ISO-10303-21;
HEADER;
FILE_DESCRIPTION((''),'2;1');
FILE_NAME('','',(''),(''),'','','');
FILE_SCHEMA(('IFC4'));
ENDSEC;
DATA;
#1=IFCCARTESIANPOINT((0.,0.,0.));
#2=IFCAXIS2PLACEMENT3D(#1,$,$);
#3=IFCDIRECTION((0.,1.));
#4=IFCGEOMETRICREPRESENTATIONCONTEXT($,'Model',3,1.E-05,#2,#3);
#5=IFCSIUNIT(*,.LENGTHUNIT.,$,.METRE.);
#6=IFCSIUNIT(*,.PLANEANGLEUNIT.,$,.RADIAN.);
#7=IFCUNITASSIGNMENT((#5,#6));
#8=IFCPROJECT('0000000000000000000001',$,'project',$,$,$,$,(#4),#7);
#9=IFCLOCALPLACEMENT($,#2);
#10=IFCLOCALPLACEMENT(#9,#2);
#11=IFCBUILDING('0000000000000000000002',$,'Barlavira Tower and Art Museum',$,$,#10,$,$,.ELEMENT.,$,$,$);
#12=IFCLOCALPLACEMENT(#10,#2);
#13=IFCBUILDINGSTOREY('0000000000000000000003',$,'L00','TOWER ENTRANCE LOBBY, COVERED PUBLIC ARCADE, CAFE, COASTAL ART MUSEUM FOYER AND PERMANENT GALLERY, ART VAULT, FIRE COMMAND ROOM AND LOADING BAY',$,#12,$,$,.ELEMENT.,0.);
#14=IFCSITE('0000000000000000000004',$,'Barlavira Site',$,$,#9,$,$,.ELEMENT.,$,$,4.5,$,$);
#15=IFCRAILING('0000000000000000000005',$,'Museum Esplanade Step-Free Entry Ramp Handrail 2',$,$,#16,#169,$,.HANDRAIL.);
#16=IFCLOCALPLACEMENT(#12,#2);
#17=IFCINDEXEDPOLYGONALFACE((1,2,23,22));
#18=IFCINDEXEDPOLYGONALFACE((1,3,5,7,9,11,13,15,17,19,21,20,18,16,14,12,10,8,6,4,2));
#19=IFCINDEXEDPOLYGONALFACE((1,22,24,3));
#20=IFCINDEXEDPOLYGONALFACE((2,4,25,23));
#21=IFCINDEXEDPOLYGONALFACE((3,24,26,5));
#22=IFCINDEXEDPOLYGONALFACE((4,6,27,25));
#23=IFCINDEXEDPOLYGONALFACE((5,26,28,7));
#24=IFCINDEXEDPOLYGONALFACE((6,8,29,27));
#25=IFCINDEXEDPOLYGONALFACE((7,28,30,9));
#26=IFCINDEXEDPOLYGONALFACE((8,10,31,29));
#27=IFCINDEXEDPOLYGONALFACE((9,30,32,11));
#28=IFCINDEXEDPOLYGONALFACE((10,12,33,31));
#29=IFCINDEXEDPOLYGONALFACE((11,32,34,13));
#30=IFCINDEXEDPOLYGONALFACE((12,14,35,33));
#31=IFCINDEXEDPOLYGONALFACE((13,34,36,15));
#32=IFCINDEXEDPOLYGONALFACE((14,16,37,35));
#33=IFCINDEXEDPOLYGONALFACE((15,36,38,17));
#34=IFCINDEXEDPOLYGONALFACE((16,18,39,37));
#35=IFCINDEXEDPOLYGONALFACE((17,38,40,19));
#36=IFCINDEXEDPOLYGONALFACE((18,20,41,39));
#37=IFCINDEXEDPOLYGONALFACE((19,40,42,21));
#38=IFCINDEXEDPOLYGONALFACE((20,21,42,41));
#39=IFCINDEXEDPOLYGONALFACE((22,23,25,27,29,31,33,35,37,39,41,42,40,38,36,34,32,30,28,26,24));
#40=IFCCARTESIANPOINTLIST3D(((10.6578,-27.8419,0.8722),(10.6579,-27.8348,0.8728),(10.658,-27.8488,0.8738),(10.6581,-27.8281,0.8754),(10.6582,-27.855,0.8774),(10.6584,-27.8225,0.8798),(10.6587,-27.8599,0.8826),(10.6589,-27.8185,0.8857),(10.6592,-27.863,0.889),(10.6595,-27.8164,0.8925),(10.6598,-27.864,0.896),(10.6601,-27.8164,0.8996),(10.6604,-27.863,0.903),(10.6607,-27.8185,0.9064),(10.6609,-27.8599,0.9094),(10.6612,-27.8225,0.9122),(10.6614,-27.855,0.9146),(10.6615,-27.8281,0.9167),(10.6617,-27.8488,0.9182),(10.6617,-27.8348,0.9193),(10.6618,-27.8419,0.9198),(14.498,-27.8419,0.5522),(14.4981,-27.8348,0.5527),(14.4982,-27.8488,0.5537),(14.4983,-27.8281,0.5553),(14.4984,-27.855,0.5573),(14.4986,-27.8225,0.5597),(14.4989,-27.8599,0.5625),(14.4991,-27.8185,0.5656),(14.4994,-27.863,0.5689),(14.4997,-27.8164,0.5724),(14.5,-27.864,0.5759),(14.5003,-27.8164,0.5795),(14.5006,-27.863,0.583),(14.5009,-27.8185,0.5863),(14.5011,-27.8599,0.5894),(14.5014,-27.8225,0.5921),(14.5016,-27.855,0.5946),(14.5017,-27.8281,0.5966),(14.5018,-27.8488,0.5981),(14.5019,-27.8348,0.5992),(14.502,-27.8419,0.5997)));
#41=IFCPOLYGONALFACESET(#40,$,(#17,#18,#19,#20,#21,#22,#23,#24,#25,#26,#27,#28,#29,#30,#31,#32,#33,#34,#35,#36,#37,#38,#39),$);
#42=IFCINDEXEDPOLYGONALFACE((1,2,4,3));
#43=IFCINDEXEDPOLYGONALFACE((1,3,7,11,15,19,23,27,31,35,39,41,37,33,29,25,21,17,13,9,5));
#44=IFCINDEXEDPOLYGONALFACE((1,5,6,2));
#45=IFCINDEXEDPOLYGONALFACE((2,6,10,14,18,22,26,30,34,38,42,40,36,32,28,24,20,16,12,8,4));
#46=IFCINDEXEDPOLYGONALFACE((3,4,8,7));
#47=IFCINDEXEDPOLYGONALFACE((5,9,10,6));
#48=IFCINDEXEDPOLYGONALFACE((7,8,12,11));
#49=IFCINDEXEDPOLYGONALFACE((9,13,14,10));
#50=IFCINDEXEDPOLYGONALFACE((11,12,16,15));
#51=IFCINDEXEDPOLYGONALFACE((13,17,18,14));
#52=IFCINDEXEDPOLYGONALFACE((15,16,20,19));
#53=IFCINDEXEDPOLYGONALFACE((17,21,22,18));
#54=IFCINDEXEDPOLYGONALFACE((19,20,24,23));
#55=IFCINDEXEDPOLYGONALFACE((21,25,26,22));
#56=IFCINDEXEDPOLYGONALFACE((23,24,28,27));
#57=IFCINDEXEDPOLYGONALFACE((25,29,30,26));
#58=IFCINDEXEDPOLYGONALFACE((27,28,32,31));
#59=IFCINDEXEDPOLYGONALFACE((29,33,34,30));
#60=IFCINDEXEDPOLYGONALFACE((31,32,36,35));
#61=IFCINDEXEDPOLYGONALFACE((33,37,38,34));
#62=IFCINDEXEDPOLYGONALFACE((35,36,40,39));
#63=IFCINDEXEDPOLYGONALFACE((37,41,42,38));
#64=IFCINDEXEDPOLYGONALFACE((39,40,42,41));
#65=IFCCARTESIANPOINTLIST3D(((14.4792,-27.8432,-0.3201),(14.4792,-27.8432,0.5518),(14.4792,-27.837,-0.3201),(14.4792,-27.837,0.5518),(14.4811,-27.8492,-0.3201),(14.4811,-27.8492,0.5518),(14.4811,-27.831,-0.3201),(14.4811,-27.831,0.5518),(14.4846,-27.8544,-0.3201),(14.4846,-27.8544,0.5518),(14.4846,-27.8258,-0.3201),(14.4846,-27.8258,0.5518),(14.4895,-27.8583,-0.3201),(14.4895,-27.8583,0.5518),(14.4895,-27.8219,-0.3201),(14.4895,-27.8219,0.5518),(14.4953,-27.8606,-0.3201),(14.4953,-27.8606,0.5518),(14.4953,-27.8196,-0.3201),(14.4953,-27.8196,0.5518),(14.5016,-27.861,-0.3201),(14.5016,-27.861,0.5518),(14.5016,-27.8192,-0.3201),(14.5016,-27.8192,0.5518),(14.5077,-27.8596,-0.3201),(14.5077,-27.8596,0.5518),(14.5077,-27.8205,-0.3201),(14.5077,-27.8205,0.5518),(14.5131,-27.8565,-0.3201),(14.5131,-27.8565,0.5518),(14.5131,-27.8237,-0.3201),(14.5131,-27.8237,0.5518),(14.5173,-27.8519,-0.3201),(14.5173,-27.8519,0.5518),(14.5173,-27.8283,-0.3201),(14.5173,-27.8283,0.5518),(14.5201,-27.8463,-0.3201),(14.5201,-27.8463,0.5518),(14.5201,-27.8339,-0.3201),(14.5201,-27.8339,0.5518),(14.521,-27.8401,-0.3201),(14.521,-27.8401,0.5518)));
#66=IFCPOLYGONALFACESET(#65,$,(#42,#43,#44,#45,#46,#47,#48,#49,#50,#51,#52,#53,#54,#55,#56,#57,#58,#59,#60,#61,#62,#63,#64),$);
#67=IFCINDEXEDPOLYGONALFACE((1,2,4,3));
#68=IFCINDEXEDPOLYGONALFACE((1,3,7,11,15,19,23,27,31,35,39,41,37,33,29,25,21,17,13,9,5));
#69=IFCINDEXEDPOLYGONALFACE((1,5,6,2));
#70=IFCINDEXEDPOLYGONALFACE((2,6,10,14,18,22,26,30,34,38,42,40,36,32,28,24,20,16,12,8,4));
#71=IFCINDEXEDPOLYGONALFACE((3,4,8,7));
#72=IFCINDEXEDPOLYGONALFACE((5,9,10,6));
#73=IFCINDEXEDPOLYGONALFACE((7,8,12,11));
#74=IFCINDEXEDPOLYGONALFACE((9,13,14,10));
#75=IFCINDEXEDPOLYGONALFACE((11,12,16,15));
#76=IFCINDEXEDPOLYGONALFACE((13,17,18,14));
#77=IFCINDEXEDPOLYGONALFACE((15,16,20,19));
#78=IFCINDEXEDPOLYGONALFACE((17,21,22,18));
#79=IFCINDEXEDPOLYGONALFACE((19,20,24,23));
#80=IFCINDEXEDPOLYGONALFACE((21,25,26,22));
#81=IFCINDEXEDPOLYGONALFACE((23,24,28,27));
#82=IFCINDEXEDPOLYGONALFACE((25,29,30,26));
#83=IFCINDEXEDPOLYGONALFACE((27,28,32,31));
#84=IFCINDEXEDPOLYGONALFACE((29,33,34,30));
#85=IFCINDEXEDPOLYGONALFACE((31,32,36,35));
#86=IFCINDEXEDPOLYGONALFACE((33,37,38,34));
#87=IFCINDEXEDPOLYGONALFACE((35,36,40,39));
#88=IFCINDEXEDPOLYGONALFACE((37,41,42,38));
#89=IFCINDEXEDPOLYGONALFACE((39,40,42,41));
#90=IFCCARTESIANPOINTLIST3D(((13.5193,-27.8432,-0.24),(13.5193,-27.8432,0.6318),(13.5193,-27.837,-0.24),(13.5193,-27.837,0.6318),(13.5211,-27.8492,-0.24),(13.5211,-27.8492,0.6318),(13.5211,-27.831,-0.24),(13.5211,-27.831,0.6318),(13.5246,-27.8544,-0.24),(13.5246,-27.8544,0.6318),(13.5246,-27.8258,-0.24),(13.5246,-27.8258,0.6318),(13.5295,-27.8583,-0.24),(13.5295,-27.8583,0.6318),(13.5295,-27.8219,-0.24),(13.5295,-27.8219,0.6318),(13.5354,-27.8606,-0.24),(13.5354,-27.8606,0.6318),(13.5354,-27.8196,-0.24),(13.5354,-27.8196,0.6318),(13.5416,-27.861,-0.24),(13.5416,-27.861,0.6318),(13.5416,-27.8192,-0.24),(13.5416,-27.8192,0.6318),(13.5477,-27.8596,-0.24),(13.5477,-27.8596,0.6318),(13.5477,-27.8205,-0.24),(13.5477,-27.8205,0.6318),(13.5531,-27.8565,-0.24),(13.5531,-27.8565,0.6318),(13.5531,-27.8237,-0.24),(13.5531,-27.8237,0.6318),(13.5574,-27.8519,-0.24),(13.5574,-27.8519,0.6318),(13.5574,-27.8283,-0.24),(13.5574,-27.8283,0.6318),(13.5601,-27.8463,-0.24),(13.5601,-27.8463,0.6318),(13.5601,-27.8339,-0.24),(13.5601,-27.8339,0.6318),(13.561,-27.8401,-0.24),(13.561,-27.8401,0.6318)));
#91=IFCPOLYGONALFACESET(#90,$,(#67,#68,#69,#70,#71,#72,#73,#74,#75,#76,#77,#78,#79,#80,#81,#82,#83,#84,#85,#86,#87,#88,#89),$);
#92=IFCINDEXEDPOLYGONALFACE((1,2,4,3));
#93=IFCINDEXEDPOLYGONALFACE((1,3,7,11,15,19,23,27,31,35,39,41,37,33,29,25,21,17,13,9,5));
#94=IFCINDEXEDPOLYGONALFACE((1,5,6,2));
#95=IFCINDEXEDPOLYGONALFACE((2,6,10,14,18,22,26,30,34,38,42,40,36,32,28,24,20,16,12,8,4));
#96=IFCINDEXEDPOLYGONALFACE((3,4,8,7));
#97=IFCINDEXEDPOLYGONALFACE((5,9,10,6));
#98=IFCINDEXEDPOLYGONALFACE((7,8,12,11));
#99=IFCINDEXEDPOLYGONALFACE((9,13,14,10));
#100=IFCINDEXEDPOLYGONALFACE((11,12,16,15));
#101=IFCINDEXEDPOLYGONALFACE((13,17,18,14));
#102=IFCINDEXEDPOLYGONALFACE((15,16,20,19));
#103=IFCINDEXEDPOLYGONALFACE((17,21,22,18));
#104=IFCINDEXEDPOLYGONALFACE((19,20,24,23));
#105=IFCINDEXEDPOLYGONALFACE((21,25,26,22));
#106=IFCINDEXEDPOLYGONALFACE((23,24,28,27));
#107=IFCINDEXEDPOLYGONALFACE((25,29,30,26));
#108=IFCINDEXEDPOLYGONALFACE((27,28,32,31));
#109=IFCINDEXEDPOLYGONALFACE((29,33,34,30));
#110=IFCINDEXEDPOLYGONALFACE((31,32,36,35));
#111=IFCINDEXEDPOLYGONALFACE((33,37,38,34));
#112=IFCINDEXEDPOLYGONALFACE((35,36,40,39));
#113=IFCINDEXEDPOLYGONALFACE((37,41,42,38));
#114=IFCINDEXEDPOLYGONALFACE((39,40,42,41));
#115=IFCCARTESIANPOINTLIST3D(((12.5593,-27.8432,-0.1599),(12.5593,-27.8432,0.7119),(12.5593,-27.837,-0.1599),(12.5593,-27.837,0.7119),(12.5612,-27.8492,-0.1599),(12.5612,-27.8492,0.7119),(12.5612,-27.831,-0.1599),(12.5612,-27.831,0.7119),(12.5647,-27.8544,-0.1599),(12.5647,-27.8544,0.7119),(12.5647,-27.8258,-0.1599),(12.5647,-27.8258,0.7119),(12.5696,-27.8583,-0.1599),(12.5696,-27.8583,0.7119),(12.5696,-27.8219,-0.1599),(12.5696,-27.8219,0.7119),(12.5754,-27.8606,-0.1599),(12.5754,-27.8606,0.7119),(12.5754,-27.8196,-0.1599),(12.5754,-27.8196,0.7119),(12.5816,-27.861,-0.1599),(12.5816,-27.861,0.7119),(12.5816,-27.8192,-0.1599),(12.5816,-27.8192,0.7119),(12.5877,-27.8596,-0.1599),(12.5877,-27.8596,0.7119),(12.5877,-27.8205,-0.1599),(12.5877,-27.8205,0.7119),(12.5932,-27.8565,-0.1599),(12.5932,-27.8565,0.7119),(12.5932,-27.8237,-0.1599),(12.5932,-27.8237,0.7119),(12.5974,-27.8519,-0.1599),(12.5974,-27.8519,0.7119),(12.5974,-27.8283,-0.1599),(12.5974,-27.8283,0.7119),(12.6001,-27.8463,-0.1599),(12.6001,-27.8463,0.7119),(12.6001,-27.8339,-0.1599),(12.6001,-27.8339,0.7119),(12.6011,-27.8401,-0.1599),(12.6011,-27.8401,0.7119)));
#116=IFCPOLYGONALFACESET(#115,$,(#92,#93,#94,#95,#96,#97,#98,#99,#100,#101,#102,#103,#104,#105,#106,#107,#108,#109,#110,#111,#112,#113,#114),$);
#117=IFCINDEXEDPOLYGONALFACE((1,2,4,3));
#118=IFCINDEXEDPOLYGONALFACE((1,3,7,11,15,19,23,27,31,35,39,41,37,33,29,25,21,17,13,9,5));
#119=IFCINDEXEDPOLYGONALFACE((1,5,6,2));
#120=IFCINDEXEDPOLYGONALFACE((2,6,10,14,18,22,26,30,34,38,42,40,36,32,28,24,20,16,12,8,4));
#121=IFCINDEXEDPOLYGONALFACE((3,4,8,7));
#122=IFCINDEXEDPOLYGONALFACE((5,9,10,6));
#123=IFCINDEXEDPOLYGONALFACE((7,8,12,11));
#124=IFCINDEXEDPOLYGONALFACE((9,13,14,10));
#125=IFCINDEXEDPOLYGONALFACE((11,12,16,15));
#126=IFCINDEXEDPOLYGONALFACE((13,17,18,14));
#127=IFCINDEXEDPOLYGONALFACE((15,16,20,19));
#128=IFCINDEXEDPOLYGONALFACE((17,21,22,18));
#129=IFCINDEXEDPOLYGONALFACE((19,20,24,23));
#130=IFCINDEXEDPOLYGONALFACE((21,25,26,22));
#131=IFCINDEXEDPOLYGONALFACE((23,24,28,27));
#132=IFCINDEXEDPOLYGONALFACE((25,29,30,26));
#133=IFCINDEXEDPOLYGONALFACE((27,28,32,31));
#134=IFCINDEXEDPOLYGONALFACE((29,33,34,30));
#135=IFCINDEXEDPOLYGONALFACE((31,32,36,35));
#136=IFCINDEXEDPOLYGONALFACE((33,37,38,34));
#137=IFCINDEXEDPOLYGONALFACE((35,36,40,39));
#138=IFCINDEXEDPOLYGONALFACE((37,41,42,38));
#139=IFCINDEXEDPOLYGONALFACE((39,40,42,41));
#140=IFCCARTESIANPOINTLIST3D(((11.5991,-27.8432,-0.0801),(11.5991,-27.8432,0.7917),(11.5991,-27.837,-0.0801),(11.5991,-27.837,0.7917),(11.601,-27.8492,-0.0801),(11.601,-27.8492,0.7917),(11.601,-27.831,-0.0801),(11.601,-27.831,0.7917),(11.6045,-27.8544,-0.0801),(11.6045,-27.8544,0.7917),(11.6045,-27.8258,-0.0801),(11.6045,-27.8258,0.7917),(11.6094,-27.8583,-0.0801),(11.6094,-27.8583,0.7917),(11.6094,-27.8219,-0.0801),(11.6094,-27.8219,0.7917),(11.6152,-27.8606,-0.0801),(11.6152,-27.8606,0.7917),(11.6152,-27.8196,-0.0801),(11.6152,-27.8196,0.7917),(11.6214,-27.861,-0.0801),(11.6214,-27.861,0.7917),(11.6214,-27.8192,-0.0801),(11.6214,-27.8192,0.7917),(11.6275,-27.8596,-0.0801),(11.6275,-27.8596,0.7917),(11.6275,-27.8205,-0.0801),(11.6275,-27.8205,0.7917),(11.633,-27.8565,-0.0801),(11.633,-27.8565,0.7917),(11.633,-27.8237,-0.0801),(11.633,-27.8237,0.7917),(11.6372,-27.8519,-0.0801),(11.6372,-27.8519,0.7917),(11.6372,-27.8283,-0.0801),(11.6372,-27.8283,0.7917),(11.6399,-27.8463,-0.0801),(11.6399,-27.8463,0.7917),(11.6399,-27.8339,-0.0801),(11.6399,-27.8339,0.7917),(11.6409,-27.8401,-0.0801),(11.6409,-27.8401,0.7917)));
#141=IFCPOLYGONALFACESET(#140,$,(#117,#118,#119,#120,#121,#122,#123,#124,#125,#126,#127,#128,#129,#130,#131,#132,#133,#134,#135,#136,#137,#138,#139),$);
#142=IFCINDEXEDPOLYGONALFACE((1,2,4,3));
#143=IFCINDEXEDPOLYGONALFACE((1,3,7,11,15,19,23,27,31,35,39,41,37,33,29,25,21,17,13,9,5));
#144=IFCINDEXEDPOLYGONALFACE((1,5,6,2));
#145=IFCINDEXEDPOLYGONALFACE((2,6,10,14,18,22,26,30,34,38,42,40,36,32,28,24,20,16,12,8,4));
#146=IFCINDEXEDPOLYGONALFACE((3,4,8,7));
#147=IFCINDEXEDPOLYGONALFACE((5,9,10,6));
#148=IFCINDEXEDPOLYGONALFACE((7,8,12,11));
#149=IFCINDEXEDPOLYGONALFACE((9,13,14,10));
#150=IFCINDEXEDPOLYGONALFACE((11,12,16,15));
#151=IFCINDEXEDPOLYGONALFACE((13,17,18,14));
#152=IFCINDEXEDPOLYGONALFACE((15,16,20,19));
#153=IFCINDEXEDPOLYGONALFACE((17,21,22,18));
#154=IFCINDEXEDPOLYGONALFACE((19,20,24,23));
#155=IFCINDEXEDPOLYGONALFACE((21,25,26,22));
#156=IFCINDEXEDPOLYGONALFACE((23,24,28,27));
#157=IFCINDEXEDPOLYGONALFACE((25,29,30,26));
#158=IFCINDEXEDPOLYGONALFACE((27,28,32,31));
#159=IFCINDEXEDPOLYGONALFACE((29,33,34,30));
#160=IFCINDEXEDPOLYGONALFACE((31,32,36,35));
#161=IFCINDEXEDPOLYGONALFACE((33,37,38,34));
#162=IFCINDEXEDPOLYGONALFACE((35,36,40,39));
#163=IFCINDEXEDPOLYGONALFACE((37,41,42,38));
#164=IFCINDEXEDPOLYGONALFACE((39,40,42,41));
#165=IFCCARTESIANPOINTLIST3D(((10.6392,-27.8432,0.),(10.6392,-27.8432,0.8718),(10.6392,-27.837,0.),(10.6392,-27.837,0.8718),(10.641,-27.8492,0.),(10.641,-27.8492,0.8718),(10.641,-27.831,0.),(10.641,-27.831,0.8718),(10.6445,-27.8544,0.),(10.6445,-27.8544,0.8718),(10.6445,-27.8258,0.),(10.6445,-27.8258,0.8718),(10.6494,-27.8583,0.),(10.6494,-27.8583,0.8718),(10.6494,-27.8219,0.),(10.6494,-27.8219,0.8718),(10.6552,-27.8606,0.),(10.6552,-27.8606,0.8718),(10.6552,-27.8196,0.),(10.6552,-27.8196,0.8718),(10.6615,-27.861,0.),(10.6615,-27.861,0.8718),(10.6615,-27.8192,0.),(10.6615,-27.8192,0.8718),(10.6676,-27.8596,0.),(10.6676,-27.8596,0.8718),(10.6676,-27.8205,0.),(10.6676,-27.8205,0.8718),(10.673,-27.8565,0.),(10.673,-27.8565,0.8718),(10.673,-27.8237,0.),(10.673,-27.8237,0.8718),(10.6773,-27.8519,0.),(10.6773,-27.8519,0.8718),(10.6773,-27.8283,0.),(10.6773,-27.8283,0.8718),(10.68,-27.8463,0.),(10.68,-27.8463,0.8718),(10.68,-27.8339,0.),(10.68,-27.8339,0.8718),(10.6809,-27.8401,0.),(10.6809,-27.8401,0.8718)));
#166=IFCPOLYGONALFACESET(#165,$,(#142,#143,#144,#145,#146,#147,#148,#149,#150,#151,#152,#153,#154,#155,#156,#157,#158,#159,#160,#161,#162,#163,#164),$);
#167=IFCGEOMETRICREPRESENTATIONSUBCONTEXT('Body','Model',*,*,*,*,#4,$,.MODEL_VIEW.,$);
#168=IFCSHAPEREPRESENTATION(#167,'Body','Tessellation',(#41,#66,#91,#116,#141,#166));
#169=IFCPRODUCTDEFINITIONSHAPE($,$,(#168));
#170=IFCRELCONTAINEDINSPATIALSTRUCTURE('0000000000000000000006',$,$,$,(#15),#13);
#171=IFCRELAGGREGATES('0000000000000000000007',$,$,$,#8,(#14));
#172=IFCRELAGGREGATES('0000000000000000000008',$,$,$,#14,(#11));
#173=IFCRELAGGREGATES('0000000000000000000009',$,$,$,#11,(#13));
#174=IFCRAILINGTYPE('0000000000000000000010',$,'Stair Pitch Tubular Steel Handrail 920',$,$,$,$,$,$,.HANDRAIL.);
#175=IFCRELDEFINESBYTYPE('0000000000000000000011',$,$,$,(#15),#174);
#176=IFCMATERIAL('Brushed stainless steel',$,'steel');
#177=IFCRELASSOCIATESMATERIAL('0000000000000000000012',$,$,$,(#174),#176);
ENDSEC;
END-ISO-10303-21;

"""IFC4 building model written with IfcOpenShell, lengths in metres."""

from ifc_helpers import new_model, si_unit, direction, frame, origin, origin_2d, place, context, subcontext, project, spatial, circle, extrude, material, type_object, element, save


model = new_model("IFC4")

# Units and contexts
model_context = context("Model", 3, precision=1e-05, world=origin(), true_north=direction((0.0, 1.0)))
body_context = subcontext(model_context, "Body", "Model", "MODEL_VIEW")
ifc_project = project(units=[si_unit("LENGTHUNIT", "METRE"), si_unit("PLANEANGLEUNIT", "RADIAN")], contexts=[model_context])

# Site, building, storey
site_placement = place(None, origin())
site = spatial("IfcSite", under=ifc_project, at=site_placement, Name="Barlavira Site", CompositionType="ELEMENT", RefElevation=4.5)
building_placement = place(site_placement, origin())
building = spatial("IfcBuilding", under=site, at=building_placement, Name="Barlavira Tower and Art Museum", CompositionType="ELEMENT")
storey_placement = place(building_placement, origin())
storey = spatial("IfcBuildingStorey", under=building, at=storey_placement, Name="L00", Description="TOWER ENTRANCE LOBBY, COVERED PUBLIC ARCADE, CAFE, COASTAL ART MUSEUM FOYER AND PERMANENT GALLERY, ART VAULT, FIRE COMMAND ROOM AND LOADING BAY", CompositionType="ELEMENT", Elevation=0.0)

# Shared definitions
ifc_material_1 = material(Name="Brushed stainless steel", Category="steel")

# Railing
railing_type = type_object("IfcRailingType", Name="Stair Pitch Tubular Steel Handrail 920", PredefinedType="HANDRAIL", material=ifc_material_1)
for number, where, name in (
    (1, (14.5, -27.8401, -0.3201), "Museum Esplanade Step-Free Entry Ramp Handrail 2"),
):
    element("IfcRailing", number, at=place(storey_placement, frame(where)), inside=storey, type_object=railing_type, Name=name, PredefinedType="HANDRAIL", context=body_context, shape_type="SweptSolid", body=[
        extrude(circle(Radius=0.0239, at=origin_2d()), frame((0.0, 0.0, 0.896), z_axis=(-0.996544, 0.0, 0.083061), x_axis=(0.0, -1.0, 0.0)), (0.0, 0.0, 1.0), 3.8535),
        extrude(circle(Radius=0.021, at=origin_2d()), origin(), (0.0, 0.0, 1.0), 0.8718),
        extrude(circle(Radius=0.021, at=origin_2d()), frame((-0.96, 0.0, 0.0801)), (0.0, 0.0, 1.0), 0.8718),
        extrude(circle(Radius=0.021, at=origin_2d()), frame((-1.9199, 0.0, 0.1602)), (0.0, 0.0, 1.0), 0.8718),
        extrude(circle(Radius=0.021, at=origin_2d()), frame((-2.8801, 0.0, 0.24)), (0.0, 0.0, 1.0), 0.8718),
        extrude(circle(Radius=0.021, at=origin_2d()), frame((-3.8401, 0.0, 0.3201)), (0.0, 0.0, 1.0), 0.8718),
    ])

save(model, "model.ifc")
